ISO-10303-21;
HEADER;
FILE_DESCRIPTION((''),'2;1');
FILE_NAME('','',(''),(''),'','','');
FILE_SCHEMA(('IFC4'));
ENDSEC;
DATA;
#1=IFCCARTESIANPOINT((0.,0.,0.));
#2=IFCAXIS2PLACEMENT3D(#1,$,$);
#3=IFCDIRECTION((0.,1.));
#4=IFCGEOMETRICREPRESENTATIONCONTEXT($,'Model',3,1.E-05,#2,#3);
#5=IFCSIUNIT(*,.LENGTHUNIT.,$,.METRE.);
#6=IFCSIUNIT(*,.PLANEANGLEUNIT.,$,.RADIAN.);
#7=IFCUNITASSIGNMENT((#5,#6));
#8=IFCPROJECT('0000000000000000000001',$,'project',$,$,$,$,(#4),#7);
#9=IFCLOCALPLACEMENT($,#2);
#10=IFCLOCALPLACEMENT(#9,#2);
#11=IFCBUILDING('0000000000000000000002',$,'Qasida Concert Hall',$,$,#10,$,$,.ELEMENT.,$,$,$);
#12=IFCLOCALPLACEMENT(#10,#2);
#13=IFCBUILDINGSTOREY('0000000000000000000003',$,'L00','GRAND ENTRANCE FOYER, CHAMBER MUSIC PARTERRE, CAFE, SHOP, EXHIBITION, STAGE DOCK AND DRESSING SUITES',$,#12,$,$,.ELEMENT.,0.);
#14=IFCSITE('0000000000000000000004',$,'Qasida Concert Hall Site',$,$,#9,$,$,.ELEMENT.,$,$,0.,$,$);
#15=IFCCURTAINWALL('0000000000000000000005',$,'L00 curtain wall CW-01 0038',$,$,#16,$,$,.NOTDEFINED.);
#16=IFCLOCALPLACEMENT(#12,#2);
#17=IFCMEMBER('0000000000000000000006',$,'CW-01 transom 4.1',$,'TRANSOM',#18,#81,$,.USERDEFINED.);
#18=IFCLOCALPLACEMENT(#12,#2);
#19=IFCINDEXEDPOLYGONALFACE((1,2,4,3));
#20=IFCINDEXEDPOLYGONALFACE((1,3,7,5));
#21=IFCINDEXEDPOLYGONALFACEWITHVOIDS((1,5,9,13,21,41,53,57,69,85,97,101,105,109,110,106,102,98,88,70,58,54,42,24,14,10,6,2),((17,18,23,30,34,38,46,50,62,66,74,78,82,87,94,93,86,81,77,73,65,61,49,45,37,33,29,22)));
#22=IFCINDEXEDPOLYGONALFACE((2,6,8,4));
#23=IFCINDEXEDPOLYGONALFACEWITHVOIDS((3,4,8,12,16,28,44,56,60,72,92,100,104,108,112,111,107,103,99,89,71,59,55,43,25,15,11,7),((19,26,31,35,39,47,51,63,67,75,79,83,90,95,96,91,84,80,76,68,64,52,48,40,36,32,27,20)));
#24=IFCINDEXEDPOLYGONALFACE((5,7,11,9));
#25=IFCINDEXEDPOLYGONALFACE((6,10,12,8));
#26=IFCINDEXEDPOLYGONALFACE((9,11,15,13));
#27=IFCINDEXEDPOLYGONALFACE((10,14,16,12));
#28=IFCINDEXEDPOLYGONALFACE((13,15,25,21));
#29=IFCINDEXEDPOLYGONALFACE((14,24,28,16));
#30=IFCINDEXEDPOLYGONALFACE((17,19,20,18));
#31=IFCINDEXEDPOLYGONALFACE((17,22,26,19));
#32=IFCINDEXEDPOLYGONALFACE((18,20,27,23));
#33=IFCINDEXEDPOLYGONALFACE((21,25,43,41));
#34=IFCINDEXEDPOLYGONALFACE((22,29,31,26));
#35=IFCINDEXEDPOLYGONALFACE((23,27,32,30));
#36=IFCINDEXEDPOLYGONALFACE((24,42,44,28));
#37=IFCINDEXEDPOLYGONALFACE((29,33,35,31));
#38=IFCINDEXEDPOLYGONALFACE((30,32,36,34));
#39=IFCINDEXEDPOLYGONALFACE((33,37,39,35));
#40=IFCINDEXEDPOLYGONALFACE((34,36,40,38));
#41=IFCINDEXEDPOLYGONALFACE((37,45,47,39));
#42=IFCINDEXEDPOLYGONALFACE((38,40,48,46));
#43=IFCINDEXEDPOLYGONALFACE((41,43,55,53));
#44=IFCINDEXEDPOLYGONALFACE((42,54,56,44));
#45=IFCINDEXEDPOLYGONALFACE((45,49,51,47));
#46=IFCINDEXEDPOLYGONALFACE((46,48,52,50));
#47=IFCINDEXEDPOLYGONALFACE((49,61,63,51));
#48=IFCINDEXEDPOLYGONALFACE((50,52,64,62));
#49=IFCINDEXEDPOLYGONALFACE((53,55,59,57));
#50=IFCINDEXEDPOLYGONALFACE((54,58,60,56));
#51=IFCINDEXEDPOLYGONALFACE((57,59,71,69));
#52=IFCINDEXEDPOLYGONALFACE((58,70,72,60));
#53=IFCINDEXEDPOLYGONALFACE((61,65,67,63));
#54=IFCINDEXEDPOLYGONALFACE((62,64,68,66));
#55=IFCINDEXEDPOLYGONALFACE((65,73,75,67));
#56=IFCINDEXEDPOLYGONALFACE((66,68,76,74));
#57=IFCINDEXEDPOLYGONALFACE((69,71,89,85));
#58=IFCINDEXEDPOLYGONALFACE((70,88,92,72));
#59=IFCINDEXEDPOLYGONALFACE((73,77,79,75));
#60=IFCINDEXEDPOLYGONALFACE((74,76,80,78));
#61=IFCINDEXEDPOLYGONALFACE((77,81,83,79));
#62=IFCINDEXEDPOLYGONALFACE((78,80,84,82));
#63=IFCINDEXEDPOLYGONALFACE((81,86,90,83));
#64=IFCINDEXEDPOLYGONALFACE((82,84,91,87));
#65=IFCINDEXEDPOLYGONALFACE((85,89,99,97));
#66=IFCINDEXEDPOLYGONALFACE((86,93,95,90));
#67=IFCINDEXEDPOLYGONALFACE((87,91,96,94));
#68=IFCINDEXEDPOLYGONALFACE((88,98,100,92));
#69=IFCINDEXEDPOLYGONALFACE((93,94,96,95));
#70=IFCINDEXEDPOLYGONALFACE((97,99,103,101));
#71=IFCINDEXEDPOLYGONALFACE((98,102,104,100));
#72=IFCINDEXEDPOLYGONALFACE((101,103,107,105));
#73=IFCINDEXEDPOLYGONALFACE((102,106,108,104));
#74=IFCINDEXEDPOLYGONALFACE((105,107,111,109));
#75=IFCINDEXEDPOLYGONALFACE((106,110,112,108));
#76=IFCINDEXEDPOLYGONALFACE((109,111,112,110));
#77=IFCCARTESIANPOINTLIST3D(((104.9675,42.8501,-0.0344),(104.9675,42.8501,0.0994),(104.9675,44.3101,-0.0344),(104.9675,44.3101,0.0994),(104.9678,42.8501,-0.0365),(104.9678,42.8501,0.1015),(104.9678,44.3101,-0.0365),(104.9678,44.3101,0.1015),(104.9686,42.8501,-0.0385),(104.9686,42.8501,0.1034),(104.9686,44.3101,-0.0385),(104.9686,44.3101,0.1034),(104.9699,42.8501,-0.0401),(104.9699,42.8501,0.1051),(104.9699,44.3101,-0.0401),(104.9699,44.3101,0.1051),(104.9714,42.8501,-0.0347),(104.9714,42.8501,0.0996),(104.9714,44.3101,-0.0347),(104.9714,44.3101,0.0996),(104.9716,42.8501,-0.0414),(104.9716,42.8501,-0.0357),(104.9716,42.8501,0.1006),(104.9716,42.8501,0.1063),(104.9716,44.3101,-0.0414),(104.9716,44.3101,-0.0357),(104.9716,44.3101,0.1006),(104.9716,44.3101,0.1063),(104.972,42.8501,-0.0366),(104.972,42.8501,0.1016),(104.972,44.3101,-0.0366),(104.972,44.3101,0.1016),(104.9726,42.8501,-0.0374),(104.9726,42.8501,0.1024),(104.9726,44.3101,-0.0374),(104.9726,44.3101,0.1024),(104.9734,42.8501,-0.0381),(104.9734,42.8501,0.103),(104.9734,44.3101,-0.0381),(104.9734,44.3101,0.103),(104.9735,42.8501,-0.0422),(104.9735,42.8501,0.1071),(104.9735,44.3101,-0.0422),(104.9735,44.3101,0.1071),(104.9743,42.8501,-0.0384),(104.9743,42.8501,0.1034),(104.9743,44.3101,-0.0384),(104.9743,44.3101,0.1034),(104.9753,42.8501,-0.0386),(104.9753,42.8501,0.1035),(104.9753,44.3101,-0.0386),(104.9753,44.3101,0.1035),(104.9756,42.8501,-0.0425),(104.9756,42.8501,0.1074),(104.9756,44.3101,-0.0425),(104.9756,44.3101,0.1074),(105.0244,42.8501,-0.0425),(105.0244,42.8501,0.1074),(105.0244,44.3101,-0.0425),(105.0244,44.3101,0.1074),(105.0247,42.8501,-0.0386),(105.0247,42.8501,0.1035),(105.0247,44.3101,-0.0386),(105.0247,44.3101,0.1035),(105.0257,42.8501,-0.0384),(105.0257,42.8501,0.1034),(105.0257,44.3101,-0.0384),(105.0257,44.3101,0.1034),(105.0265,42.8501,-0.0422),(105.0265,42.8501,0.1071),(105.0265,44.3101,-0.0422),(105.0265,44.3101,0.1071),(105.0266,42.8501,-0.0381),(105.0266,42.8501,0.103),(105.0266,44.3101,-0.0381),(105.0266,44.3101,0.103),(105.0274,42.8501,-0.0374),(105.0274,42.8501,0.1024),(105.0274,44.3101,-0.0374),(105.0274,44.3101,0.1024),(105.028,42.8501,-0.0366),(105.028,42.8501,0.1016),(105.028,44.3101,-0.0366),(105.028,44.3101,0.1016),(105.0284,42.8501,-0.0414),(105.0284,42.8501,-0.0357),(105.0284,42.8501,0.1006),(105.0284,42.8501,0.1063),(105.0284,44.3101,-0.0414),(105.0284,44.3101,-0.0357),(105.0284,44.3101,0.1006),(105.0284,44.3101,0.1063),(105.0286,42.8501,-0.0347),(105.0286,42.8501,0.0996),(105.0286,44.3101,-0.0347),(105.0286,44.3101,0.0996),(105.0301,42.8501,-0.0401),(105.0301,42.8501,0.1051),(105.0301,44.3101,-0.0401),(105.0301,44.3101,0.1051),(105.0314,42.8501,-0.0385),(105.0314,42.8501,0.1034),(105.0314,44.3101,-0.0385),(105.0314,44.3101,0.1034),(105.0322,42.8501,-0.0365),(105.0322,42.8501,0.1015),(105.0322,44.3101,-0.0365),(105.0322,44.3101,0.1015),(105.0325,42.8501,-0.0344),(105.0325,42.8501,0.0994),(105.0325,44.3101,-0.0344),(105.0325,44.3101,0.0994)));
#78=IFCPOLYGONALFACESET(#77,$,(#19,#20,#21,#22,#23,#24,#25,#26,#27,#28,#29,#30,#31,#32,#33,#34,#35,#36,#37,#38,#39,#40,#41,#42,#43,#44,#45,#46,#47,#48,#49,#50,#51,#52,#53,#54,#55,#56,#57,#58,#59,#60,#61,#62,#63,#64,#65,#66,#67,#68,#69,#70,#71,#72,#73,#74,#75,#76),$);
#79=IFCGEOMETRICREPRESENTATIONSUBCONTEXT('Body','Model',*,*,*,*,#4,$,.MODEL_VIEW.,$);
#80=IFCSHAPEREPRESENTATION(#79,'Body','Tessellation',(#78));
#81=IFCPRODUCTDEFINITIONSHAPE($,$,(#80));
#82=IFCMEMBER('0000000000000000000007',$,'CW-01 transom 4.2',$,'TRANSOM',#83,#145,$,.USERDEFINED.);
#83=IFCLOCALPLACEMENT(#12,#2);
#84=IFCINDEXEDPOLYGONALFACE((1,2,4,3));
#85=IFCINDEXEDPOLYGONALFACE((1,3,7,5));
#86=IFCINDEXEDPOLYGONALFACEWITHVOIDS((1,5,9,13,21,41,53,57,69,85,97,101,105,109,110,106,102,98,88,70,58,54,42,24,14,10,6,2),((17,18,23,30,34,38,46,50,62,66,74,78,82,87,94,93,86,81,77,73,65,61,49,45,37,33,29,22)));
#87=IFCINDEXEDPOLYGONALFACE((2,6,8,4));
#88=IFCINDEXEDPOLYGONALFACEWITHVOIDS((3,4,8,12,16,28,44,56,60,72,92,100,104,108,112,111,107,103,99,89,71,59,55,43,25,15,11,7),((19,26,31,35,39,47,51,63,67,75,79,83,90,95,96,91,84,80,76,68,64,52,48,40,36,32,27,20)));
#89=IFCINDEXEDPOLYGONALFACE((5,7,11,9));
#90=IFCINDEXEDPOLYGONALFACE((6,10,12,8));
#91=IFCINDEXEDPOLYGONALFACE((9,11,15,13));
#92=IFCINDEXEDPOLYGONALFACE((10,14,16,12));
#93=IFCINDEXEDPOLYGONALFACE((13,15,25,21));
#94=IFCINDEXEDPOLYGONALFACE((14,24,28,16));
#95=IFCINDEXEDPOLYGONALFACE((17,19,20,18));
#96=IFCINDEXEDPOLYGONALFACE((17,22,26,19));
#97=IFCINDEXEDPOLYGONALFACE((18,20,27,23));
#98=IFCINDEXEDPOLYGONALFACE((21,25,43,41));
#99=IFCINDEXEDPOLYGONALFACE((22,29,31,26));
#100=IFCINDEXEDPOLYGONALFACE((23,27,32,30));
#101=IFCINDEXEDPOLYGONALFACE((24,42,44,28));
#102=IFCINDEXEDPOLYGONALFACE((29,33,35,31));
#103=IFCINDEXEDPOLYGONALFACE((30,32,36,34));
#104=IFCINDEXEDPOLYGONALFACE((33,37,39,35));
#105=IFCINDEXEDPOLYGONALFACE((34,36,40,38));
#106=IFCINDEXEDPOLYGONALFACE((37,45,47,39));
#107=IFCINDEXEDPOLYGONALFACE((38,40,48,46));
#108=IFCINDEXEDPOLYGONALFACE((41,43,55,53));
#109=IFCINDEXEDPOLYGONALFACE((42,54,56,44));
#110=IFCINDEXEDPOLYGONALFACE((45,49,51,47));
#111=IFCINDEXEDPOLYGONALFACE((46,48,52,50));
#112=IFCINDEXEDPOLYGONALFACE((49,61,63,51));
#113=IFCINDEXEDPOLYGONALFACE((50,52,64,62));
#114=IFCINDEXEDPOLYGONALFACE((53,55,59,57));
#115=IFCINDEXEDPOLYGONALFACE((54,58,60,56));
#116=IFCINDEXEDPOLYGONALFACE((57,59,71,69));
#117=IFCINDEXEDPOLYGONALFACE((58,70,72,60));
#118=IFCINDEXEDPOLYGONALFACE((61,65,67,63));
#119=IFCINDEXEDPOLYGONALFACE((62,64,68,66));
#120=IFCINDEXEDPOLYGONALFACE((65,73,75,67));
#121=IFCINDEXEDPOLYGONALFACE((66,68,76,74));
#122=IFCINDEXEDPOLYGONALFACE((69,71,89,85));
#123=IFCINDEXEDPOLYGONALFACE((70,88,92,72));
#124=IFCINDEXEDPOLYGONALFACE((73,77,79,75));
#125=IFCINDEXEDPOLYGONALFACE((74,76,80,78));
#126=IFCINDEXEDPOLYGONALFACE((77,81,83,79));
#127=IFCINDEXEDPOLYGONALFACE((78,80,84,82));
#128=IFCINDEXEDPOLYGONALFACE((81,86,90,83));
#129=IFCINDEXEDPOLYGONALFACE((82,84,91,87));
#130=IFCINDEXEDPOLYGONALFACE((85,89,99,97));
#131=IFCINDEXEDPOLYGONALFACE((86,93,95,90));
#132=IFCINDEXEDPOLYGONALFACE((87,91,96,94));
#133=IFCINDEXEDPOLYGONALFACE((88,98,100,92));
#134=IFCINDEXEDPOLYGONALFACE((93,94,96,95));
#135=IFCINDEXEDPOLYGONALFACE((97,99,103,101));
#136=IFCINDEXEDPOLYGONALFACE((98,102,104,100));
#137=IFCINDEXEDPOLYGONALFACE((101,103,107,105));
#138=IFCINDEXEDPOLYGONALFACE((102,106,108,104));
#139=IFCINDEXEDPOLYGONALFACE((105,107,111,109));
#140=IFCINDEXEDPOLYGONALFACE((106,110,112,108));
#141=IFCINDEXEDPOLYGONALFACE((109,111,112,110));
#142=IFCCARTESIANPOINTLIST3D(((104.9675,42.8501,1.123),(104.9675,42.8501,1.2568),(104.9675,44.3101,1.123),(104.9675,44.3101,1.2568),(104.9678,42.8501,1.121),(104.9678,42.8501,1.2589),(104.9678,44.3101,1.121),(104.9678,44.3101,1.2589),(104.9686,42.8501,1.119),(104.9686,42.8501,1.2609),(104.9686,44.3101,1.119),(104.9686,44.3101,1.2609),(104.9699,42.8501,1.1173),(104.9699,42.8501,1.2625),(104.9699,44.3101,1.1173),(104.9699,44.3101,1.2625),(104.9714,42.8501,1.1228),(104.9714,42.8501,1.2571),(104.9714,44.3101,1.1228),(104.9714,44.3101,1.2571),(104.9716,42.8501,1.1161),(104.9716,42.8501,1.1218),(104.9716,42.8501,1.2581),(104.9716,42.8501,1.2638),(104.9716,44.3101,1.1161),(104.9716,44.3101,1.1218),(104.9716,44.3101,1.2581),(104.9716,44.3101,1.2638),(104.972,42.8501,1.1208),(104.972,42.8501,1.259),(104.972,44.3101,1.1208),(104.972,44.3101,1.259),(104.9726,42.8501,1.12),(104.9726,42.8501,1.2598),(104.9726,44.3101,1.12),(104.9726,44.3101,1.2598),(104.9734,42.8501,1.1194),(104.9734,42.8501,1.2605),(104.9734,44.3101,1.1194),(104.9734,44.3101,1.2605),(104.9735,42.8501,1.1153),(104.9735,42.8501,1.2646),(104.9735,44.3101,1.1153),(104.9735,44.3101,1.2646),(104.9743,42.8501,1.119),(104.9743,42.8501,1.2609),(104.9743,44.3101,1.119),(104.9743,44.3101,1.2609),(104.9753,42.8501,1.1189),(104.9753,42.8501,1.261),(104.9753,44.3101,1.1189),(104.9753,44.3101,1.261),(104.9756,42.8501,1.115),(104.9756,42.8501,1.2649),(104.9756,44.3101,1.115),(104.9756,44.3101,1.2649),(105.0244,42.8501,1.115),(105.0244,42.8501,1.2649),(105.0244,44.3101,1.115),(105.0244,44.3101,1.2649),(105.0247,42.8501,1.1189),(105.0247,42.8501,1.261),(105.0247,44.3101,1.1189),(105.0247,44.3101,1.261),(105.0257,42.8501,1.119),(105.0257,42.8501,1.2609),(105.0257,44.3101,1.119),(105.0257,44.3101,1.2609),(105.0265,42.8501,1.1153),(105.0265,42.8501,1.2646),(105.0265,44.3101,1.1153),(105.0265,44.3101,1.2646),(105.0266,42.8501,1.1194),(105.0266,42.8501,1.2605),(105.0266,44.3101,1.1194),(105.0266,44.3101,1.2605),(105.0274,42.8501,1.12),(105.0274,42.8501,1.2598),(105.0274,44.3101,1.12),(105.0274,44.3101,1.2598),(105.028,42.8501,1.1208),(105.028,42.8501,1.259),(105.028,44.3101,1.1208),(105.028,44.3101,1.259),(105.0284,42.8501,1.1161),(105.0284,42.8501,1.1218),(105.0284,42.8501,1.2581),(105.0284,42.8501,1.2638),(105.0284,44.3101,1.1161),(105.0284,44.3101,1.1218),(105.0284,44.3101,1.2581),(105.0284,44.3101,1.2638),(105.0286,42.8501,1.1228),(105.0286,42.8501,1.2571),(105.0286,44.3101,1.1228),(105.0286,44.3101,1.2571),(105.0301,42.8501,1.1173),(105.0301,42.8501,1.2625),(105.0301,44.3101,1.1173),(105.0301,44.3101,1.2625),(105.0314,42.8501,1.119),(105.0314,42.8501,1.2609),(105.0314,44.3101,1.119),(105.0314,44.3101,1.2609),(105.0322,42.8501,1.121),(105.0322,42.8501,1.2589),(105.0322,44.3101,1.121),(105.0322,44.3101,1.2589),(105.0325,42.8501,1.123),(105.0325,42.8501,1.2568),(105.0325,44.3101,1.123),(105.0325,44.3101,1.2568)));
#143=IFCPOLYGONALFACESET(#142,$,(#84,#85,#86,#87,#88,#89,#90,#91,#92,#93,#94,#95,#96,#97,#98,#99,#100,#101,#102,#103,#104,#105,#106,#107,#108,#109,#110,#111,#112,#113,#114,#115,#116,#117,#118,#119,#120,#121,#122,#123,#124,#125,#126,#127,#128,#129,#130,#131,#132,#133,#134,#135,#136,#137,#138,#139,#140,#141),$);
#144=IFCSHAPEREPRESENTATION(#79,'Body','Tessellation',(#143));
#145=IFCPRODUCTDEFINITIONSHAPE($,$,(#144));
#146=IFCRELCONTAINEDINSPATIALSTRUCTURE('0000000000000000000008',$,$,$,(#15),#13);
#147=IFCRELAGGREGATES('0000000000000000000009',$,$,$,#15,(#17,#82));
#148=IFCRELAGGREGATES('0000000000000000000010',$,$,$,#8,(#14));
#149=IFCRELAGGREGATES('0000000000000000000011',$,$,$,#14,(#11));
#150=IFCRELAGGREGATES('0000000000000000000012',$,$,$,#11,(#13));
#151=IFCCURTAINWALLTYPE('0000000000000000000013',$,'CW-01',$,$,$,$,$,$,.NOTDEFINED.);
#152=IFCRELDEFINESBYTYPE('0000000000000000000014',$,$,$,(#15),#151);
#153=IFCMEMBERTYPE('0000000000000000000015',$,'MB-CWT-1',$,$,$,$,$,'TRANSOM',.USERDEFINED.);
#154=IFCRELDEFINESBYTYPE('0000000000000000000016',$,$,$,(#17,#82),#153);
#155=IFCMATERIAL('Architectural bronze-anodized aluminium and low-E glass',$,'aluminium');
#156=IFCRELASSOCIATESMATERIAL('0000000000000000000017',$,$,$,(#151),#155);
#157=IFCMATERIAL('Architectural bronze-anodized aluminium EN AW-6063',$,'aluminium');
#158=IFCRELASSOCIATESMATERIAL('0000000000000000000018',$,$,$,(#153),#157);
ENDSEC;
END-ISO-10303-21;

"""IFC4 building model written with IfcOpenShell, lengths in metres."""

from ifc_helpers import new_model, si_unit, direction, frame, origin, origin_2d, place, context, subcontext, project, spatial, hollow_rectangle, extrude, material, material_profile, profile_set, type_object, element, aggregate, save


model = new_model("IFC4")

# Units and contexts
model_context = context("Model", 3, precision=1e-05, world=origin(), true_north=direction((0.0, 1.0)))
body_context = subcontext(model_context, "Body", "Model", "MODEL_VIEW")
ifc_project = project(units=[si_unit("LENGTHUNIT", "METRE"), si_unit("PLANEANGLEUNIT", "RADIAN")], contexts=[model_context])

# Site, building, storey
site_placement = place(None, origin())
site = spatial("IfcSite", under=ifc_project, at=site_placement, Name="Qasida Concert Hall Site", CompositionType="ELEMENT", RefElevation=0.0)
building_placement = place(site_placement, origin())
building = spatial("IfcBuilding", under=site, at=building_placement, Name="Qasida Concert Hall", CompositionType="ELEMENT")
storey_placement = place(building_placement, origin())
storey = spatial("IfcBuildingStorey", under=building, at=storey_placement, Name="L00", Description="GRAND ENTRANCE FOYER, CHAMBER MUSIC PARTERRE, CAFE, SHOP, EXHIBITION, STAGE DOCK AND DRESSING SUITES", CompositionType="ELEMENT", Elevation=0.0)

# Curtain wall, members
ifc_material_1 = material(Name="Architectural bronze-anodized aluminium and low-E glass", Category="aluminium")
curtain_wall_type = type_object("IfcCurtainWallType", Name="CW-01", PredefinedType="NOTDEFINED", material=ifc_material_1)
curtain_wall_placement = place(storey_placement, origin())
curtain_wall = element("IfcCurtainWall", 1, at=curtain_wall_placement, inside=storey, type_object=curtain_wall_type, Name="L00 curtain wall CW-01 0038", PredefinedType="NOTDEFINED")
ifc_material_2 = material(Name="Architectural bronze-anodized aluminium EN AW-6063", Category="aluminium")
ifc_material_profile_1 = material_profile(ifc_material_2, hollow_rectangle(XDim=0.0649, YDim=0.1499, WallThickness=0.0039, InnerFilletRadius=0.0039, OuterFilletRadius=0.0081, at=origin_2d()), Name="CWT 150x65x4")
ifc_profile_set_1 = profile_set([ifc_material_profile_1], Name="Architectural bronze-anodized aluminium EN AW-6063")
member_type_1 = type_object("IfcMemberType", Name="MB-CWT-1", ElementType="TRANSOM", PredefinedType="USERDEFINED", material=ifc_profile_set_1)
member_1_placement = place(storey_placement, frame((105.0, 42.8501, 0.0325), z_axis=(0.0, 1.0, 0.0), x_axis=(-1.0, 0.0, 0.0)))
member_1 = element("IfcMember", 2, at=member_1_placement, type_object=member_type_1, Name="CW-01 transom 4.1", ObjectType="TRANSOM", PredefinedType="USERDEFINED", context=body_context, shape_type="SweptSolid", body=[
    extrude(hollow_rectangle(XDim=0.0649, YDim=0.1499, WallThickness=0.0039, InnerFilletRadius=0.0039, OuterFilletRadius=0.0081, at=origin_2d()), origin(), (0.0, 0.0, 1.0), 1.46),
])
member_2_placement = place(storey_placement, frame((105.0, 42.8501, 1.1899), z_axis=(0.0, 1.0, 0.0), x_axis=(-1.0, 0.0, 0.0)))
member_2 = element("IfcMember", 3, at=member_2_placement, type_object=member_type_1, Name="CW-01 transom 4.2", ObjectType="TRANSOM", PredefinedType="USERDEFINED", context=body_context, shape_type="SweptSolid", body=[
    extrude(hollow_rectangle(XDim=0.0649, YDim=0.1499, WallThickness=0.0039, InnerFilletRadius=0.0039, OuterFilletRadius=0.0081, at=origin_2d()), origin(), (0.0, 0.0, 1.0), 1.46),
])
aggregate(curtain_wall, [member_1, member_2])

save(model, "model.ifc")
